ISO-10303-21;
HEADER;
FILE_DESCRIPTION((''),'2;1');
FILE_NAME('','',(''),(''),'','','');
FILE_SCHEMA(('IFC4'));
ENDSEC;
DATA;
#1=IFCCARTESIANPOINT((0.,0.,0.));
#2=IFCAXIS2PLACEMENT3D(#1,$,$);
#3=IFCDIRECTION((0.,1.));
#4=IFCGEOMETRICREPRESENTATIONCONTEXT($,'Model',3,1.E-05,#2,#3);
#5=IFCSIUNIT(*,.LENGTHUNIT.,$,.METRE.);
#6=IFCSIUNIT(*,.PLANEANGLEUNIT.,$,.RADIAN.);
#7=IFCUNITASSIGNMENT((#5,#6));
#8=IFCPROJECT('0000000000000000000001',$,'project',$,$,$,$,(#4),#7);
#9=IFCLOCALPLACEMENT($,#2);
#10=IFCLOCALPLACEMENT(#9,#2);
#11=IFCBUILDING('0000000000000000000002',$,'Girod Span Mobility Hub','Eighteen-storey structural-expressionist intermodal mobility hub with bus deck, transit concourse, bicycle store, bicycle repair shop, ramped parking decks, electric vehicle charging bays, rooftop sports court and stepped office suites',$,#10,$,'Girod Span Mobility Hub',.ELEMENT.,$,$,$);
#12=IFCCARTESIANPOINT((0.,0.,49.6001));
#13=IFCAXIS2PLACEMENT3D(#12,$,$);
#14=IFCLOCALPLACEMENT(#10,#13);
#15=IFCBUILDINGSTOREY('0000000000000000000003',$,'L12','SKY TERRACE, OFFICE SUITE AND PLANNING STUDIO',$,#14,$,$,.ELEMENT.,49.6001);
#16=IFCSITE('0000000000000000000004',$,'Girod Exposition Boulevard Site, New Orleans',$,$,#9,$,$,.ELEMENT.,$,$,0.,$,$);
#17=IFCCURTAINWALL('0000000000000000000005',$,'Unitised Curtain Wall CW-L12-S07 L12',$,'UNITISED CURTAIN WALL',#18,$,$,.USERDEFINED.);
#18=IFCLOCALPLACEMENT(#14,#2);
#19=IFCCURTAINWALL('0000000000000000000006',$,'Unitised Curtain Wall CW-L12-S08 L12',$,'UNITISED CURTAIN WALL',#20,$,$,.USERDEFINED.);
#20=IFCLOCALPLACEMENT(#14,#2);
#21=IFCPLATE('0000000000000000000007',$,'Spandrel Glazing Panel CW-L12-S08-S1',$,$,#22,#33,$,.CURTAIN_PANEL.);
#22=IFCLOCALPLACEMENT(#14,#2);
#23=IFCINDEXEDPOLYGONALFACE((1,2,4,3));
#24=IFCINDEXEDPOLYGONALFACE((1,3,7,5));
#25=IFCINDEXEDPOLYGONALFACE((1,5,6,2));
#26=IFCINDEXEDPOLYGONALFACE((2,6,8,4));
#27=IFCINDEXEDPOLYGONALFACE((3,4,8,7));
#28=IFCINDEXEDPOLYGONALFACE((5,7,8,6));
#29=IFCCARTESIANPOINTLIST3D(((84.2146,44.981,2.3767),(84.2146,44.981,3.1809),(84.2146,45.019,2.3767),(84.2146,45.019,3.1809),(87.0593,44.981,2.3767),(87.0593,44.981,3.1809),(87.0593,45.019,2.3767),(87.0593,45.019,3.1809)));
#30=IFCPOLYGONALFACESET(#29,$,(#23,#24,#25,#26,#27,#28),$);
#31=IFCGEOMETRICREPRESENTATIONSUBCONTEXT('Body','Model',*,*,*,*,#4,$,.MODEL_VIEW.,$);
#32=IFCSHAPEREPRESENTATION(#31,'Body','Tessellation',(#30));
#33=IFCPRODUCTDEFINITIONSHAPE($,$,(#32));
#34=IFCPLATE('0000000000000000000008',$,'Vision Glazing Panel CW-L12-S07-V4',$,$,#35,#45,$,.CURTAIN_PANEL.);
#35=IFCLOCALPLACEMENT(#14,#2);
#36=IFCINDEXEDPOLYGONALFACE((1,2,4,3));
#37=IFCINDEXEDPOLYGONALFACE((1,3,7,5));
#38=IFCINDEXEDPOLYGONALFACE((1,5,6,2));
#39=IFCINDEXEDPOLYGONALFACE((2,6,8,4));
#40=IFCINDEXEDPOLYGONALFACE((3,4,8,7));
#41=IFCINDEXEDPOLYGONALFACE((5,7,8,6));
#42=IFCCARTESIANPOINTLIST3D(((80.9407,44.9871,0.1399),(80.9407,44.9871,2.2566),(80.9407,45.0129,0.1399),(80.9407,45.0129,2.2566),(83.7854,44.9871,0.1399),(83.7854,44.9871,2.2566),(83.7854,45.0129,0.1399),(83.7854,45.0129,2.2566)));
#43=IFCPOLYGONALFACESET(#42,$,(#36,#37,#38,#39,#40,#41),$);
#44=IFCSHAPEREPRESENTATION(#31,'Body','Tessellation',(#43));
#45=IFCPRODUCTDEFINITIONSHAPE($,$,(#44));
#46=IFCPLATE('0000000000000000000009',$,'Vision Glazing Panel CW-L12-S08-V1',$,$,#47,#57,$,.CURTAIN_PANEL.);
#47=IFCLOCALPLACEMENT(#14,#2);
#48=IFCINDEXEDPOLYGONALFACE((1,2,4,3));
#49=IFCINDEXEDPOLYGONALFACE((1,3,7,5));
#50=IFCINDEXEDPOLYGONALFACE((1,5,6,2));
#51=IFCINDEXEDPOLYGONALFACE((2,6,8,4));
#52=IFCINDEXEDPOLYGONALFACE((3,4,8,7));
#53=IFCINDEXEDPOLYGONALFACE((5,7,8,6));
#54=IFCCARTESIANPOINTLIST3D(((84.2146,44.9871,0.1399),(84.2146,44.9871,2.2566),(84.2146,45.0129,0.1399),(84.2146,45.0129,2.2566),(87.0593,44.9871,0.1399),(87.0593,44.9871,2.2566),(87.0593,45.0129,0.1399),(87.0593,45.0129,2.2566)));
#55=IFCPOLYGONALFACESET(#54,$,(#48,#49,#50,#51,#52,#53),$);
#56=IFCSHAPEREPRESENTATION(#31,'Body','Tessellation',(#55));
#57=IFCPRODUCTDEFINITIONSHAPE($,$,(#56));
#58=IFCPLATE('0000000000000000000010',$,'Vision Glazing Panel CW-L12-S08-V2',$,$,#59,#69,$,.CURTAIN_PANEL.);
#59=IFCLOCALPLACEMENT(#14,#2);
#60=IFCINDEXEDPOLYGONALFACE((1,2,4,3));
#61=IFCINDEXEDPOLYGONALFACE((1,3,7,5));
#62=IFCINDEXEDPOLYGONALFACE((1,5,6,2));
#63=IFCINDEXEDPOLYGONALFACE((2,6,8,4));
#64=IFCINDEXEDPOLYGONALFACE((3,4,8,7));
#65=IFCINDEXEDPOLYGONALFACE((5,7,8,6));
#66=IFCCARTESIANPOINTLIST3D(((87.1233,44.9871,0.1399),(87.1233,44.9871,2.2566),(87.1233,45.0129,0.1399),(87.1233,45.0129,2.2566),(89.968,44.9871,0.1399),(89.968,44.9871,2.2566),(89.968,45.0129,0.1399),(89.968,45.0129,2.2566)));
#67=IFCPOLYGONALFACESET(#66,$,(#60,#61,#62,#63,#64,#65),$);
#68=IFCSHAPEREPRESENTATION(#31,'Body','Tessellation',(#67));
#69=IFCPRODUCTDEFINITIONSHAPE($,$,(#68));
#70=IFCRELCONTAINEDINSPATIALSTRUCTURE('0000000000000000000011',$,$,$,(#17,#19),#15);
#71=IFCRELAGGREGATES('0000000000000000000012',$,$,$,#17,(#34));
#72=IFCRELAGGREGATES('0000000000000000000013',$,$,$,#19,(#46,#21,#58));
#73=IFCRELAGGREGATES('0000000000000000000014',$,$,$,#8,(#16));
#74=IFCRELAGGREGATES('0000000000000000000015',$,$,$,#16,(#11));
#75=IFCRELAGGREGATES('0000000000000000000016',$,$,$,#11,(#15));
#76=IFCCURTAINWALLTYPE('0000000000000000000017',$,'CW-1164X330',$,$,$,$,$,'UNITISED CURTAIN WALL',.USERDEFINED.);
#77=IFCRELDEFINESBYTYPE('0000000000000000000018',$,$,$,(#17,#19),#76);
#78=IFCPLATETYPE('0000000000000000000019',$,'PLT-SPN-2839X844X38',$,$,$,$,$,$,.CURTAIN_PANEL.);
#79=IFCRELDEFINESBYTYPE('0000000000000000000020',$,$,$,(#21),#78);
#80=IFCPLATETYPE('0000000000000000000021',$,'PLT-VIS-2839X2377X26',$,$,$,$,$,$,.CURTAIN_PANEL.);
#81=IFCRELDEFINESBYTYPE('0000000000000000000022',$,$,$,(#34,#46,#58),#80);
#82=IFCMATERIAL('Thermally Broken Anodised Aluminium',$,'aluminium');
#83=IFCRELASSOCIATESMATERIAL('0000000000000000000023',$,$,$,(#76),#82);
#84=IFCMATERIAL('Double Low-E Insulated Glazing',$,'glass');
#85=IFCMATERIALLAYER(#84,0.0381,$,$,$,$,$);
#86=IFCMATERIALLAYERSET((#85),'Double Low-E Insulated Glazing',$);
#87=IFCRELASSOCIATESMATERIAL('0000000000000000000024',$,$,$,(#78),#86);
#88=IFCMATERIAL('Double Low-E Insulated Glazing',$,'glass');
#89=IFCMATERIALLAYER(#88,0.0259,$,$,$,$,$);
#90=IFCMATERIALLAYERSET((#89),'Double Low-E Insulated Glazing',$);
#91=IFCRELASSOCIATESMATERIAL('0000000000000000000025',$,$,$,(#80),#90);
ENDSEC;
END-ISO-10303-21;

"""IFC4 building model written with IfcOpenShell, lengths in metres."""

from ifc_helpers import new_model, si_unit, direction, frame, origin, origin_2d, place, context, subcontext, project, spatial, rectangle, extrude, material, layer, layer_set, type_object, element, aggregate, save


model = new_model("IFC4")

# Units and contexts
model_context = context("Model", 3, precision=1e-05, world=origin(), true_north=direction((0.0, 1.0)))
body_context = subcontext(model_context, "Body", "Model", "MODEL_VIEW")
ifc_project = project(units=[si_unit("LENGTHUNIT", "METRE"), si_unit("PLANEANGLEUNIT", "RADIAN")], contexts=[model_context])

# Site, building, storey
site_placement = place(None, origin())
site = spatial("IfcSite", under=ifc_project, at=site_placement, Name="Girod Exposition Boulevard Site, New Orleans", CompositionType="ELEMENT", RefElevation=0.0)
building_placement = place(site_placement, origin())
building = spatial("IfcBuilding", under=site, at=building_placement, Name="Girod Span Mobility Hub", Description="Eighteen-storey structural-expressionist intermodal mobility hub with bus deck, transit concourse, bicycle store, bicycle repair shop, ramped parking decks, electric vehicle charging bays, rooftop sports court and stepped office suites", LongName="Girod Span Mobility Hub", CompositionType="ELEMENT")
storey_placement = place(building_placement, frame((0.0, 0.0, 49.6001)))
storey = spatial("IfcBuildingStorey", under=building, at=storey_placement, Name="L12", Description="SKY TERRACE, OFFICE SUITE AND PLANNING STUDIO", CompositionType="ELEMENT", Elevation=49.6001)

# Curtain walls
ifc_material_1 = material(Name="Thermally Broken Anodised Aluminium", Category="aluminium")
curtain_wall_type = type_object("IfcCurtainWallType", Name="CW-1164X330", ElementType="UNITISED CURTAIN WALL", PredefinedType="USERDEFINED", material=ifc_material_1)
curtain_wall_1_placement = place(storey_placement, origin())
curtain_wall_1 = element("IfcCurtainWall", 1, at=curtain_wall_1_placement, inside=storey, type_object=curtain_wall_type, Name="Unitised Curtain Wall CW-L12-S07 L12", ObjectType="UNITISED CURTAIN WALL", PredefinedType="USERDEFINED")
curtain_wall_2_placement = place(storey_placement, origin())
curtain_wall_2 = element("IfcCurtainWall", 2, at=curtain_wall_2_placement, inside=storey, type_object=curtain_wall_type, Name="Unitised Curtain Wall CW-L12-S08 L12", ObjectType="UNITISED CURTAIN WALL", PredefinedType="USERDEFINED")

# Plates
ifc_material_2 = material(Name="Double Low-E Insulated Glazing", Category="glass")
ifc_layer_1 = layer(ifc_material_2, 0.0381)
ifc_layer_set_1 = layer_set([ifc_layer_1], Name="Double Low-E Insulated Glazing")
plate_type_1 = type_object("IfcPlateType", Name="PLT-SPN-2839X844X38", PredefinedType="CURTAIN_PANEL", material=ifc_layer_set_1)
plate_1_placement = place(storey_placement, frame((85.637, 45.0, 2.3767), z_axis=(0.0, 0.0, 1.0), x_axis=(1.0, 0.0, 0.0)))
plate_1 = element("IfcPlate", 3, at=plate_1_placement, type_object=plate_type_1, Name="Spandrel Glazing Panel CW-L12-S08-S1", PredefinedType="CURTAIN_PANEL", context=body_context, shape_type="SweptSolid", body=[
    extrude(rectangle(XDim=2.8447, YDim=0.0381, at=origin_2d()), origin(), (0.0, 0.0, 1.0), 0.8042),
])
ifc_material_3 = material(Name="Double Low-E Insulated Glazing", Category="glass")
ifc_layer_2 = layer(ifc_material_3, 0.0259)
ifc_layer_set_2 = layer_set([ifc_layer_2], Name="Double Low-E Insulated Glazing")
plate_type_2 = type_object("IfcPlateType", Name="PLT-VIS-2839X2377X26", PredefinedType="CURTAIN_PANEL", material=ifc_layer_set_2)
plate_2_placement = place(storey_placement, frame((82.363, 45.0, 0.1399), z_axis=(0.0, 0.0, 1.0), x_axis=(1.0, 0.0, 0.0)))
plate_2 = element("IfcPlate", 4, at=plate_2_placement, type_object=plate_type_2, Name="Vision Glazing Panel CW-L12-S07-V4", PredefinedType="CURTAIN_PANEL", context=body_context, shape_type="SweptSolid", body=[
    extrude(rectangle(XDim=2.8447, YDim=0.0259, at=origin_2d()), origin(), (0.0, 0.0, 1.0), 2.1167),
])
aggregate(curtain_wall_1, [plate_2])
plate_3_placement = place(storey_placement, frame((85.637, 45.0, 0.1399), z_axis=(0.0, 0.0, 1.0), x_axis=(1.0, 0.0, 0.0)))
plate_3 = element("IfcPlate", 5, at=plate_3_placement, type_object=plate_type_2, Name="Vision Glazing Panel CW-L12-S08-V1", PredefinedType="CURTAIN_PANEL", context=body_context, shape_type="SweptSolid", body=[
    extrude(rectangle(XDim=2.8447, YDim=0.0259, at=origin_2d()), origin(), (0.0, 0.0, 1.0), 2.1167),
])
plate_4_placement = place(storey_placement, frame((88.5457, 45.0, 0.1399), z_axis=(0.0, 0.0, 1.0), x_axis=(1.0, 0.0, 0.0)))
plate_4 = element("IfcPlate", 6, at=plate_4_placement, type_object=plate_type_2, Name="Vision Glazing Panel CW-L12-S08-V2", PredefinedType="CURTAIN_PANEL", context=body_context, shape_type="SweptSolid", body=[
    extrude(rectangle(XDim=2.8447, YDim=0.0259, at=origin_2d()), origin(), (0.0, 0.0, 1.0), 2.1167),
])
aggregate(curtain_wall_2, [plate_3, plate_1, plate_4])

save(model, "model.ifc")
